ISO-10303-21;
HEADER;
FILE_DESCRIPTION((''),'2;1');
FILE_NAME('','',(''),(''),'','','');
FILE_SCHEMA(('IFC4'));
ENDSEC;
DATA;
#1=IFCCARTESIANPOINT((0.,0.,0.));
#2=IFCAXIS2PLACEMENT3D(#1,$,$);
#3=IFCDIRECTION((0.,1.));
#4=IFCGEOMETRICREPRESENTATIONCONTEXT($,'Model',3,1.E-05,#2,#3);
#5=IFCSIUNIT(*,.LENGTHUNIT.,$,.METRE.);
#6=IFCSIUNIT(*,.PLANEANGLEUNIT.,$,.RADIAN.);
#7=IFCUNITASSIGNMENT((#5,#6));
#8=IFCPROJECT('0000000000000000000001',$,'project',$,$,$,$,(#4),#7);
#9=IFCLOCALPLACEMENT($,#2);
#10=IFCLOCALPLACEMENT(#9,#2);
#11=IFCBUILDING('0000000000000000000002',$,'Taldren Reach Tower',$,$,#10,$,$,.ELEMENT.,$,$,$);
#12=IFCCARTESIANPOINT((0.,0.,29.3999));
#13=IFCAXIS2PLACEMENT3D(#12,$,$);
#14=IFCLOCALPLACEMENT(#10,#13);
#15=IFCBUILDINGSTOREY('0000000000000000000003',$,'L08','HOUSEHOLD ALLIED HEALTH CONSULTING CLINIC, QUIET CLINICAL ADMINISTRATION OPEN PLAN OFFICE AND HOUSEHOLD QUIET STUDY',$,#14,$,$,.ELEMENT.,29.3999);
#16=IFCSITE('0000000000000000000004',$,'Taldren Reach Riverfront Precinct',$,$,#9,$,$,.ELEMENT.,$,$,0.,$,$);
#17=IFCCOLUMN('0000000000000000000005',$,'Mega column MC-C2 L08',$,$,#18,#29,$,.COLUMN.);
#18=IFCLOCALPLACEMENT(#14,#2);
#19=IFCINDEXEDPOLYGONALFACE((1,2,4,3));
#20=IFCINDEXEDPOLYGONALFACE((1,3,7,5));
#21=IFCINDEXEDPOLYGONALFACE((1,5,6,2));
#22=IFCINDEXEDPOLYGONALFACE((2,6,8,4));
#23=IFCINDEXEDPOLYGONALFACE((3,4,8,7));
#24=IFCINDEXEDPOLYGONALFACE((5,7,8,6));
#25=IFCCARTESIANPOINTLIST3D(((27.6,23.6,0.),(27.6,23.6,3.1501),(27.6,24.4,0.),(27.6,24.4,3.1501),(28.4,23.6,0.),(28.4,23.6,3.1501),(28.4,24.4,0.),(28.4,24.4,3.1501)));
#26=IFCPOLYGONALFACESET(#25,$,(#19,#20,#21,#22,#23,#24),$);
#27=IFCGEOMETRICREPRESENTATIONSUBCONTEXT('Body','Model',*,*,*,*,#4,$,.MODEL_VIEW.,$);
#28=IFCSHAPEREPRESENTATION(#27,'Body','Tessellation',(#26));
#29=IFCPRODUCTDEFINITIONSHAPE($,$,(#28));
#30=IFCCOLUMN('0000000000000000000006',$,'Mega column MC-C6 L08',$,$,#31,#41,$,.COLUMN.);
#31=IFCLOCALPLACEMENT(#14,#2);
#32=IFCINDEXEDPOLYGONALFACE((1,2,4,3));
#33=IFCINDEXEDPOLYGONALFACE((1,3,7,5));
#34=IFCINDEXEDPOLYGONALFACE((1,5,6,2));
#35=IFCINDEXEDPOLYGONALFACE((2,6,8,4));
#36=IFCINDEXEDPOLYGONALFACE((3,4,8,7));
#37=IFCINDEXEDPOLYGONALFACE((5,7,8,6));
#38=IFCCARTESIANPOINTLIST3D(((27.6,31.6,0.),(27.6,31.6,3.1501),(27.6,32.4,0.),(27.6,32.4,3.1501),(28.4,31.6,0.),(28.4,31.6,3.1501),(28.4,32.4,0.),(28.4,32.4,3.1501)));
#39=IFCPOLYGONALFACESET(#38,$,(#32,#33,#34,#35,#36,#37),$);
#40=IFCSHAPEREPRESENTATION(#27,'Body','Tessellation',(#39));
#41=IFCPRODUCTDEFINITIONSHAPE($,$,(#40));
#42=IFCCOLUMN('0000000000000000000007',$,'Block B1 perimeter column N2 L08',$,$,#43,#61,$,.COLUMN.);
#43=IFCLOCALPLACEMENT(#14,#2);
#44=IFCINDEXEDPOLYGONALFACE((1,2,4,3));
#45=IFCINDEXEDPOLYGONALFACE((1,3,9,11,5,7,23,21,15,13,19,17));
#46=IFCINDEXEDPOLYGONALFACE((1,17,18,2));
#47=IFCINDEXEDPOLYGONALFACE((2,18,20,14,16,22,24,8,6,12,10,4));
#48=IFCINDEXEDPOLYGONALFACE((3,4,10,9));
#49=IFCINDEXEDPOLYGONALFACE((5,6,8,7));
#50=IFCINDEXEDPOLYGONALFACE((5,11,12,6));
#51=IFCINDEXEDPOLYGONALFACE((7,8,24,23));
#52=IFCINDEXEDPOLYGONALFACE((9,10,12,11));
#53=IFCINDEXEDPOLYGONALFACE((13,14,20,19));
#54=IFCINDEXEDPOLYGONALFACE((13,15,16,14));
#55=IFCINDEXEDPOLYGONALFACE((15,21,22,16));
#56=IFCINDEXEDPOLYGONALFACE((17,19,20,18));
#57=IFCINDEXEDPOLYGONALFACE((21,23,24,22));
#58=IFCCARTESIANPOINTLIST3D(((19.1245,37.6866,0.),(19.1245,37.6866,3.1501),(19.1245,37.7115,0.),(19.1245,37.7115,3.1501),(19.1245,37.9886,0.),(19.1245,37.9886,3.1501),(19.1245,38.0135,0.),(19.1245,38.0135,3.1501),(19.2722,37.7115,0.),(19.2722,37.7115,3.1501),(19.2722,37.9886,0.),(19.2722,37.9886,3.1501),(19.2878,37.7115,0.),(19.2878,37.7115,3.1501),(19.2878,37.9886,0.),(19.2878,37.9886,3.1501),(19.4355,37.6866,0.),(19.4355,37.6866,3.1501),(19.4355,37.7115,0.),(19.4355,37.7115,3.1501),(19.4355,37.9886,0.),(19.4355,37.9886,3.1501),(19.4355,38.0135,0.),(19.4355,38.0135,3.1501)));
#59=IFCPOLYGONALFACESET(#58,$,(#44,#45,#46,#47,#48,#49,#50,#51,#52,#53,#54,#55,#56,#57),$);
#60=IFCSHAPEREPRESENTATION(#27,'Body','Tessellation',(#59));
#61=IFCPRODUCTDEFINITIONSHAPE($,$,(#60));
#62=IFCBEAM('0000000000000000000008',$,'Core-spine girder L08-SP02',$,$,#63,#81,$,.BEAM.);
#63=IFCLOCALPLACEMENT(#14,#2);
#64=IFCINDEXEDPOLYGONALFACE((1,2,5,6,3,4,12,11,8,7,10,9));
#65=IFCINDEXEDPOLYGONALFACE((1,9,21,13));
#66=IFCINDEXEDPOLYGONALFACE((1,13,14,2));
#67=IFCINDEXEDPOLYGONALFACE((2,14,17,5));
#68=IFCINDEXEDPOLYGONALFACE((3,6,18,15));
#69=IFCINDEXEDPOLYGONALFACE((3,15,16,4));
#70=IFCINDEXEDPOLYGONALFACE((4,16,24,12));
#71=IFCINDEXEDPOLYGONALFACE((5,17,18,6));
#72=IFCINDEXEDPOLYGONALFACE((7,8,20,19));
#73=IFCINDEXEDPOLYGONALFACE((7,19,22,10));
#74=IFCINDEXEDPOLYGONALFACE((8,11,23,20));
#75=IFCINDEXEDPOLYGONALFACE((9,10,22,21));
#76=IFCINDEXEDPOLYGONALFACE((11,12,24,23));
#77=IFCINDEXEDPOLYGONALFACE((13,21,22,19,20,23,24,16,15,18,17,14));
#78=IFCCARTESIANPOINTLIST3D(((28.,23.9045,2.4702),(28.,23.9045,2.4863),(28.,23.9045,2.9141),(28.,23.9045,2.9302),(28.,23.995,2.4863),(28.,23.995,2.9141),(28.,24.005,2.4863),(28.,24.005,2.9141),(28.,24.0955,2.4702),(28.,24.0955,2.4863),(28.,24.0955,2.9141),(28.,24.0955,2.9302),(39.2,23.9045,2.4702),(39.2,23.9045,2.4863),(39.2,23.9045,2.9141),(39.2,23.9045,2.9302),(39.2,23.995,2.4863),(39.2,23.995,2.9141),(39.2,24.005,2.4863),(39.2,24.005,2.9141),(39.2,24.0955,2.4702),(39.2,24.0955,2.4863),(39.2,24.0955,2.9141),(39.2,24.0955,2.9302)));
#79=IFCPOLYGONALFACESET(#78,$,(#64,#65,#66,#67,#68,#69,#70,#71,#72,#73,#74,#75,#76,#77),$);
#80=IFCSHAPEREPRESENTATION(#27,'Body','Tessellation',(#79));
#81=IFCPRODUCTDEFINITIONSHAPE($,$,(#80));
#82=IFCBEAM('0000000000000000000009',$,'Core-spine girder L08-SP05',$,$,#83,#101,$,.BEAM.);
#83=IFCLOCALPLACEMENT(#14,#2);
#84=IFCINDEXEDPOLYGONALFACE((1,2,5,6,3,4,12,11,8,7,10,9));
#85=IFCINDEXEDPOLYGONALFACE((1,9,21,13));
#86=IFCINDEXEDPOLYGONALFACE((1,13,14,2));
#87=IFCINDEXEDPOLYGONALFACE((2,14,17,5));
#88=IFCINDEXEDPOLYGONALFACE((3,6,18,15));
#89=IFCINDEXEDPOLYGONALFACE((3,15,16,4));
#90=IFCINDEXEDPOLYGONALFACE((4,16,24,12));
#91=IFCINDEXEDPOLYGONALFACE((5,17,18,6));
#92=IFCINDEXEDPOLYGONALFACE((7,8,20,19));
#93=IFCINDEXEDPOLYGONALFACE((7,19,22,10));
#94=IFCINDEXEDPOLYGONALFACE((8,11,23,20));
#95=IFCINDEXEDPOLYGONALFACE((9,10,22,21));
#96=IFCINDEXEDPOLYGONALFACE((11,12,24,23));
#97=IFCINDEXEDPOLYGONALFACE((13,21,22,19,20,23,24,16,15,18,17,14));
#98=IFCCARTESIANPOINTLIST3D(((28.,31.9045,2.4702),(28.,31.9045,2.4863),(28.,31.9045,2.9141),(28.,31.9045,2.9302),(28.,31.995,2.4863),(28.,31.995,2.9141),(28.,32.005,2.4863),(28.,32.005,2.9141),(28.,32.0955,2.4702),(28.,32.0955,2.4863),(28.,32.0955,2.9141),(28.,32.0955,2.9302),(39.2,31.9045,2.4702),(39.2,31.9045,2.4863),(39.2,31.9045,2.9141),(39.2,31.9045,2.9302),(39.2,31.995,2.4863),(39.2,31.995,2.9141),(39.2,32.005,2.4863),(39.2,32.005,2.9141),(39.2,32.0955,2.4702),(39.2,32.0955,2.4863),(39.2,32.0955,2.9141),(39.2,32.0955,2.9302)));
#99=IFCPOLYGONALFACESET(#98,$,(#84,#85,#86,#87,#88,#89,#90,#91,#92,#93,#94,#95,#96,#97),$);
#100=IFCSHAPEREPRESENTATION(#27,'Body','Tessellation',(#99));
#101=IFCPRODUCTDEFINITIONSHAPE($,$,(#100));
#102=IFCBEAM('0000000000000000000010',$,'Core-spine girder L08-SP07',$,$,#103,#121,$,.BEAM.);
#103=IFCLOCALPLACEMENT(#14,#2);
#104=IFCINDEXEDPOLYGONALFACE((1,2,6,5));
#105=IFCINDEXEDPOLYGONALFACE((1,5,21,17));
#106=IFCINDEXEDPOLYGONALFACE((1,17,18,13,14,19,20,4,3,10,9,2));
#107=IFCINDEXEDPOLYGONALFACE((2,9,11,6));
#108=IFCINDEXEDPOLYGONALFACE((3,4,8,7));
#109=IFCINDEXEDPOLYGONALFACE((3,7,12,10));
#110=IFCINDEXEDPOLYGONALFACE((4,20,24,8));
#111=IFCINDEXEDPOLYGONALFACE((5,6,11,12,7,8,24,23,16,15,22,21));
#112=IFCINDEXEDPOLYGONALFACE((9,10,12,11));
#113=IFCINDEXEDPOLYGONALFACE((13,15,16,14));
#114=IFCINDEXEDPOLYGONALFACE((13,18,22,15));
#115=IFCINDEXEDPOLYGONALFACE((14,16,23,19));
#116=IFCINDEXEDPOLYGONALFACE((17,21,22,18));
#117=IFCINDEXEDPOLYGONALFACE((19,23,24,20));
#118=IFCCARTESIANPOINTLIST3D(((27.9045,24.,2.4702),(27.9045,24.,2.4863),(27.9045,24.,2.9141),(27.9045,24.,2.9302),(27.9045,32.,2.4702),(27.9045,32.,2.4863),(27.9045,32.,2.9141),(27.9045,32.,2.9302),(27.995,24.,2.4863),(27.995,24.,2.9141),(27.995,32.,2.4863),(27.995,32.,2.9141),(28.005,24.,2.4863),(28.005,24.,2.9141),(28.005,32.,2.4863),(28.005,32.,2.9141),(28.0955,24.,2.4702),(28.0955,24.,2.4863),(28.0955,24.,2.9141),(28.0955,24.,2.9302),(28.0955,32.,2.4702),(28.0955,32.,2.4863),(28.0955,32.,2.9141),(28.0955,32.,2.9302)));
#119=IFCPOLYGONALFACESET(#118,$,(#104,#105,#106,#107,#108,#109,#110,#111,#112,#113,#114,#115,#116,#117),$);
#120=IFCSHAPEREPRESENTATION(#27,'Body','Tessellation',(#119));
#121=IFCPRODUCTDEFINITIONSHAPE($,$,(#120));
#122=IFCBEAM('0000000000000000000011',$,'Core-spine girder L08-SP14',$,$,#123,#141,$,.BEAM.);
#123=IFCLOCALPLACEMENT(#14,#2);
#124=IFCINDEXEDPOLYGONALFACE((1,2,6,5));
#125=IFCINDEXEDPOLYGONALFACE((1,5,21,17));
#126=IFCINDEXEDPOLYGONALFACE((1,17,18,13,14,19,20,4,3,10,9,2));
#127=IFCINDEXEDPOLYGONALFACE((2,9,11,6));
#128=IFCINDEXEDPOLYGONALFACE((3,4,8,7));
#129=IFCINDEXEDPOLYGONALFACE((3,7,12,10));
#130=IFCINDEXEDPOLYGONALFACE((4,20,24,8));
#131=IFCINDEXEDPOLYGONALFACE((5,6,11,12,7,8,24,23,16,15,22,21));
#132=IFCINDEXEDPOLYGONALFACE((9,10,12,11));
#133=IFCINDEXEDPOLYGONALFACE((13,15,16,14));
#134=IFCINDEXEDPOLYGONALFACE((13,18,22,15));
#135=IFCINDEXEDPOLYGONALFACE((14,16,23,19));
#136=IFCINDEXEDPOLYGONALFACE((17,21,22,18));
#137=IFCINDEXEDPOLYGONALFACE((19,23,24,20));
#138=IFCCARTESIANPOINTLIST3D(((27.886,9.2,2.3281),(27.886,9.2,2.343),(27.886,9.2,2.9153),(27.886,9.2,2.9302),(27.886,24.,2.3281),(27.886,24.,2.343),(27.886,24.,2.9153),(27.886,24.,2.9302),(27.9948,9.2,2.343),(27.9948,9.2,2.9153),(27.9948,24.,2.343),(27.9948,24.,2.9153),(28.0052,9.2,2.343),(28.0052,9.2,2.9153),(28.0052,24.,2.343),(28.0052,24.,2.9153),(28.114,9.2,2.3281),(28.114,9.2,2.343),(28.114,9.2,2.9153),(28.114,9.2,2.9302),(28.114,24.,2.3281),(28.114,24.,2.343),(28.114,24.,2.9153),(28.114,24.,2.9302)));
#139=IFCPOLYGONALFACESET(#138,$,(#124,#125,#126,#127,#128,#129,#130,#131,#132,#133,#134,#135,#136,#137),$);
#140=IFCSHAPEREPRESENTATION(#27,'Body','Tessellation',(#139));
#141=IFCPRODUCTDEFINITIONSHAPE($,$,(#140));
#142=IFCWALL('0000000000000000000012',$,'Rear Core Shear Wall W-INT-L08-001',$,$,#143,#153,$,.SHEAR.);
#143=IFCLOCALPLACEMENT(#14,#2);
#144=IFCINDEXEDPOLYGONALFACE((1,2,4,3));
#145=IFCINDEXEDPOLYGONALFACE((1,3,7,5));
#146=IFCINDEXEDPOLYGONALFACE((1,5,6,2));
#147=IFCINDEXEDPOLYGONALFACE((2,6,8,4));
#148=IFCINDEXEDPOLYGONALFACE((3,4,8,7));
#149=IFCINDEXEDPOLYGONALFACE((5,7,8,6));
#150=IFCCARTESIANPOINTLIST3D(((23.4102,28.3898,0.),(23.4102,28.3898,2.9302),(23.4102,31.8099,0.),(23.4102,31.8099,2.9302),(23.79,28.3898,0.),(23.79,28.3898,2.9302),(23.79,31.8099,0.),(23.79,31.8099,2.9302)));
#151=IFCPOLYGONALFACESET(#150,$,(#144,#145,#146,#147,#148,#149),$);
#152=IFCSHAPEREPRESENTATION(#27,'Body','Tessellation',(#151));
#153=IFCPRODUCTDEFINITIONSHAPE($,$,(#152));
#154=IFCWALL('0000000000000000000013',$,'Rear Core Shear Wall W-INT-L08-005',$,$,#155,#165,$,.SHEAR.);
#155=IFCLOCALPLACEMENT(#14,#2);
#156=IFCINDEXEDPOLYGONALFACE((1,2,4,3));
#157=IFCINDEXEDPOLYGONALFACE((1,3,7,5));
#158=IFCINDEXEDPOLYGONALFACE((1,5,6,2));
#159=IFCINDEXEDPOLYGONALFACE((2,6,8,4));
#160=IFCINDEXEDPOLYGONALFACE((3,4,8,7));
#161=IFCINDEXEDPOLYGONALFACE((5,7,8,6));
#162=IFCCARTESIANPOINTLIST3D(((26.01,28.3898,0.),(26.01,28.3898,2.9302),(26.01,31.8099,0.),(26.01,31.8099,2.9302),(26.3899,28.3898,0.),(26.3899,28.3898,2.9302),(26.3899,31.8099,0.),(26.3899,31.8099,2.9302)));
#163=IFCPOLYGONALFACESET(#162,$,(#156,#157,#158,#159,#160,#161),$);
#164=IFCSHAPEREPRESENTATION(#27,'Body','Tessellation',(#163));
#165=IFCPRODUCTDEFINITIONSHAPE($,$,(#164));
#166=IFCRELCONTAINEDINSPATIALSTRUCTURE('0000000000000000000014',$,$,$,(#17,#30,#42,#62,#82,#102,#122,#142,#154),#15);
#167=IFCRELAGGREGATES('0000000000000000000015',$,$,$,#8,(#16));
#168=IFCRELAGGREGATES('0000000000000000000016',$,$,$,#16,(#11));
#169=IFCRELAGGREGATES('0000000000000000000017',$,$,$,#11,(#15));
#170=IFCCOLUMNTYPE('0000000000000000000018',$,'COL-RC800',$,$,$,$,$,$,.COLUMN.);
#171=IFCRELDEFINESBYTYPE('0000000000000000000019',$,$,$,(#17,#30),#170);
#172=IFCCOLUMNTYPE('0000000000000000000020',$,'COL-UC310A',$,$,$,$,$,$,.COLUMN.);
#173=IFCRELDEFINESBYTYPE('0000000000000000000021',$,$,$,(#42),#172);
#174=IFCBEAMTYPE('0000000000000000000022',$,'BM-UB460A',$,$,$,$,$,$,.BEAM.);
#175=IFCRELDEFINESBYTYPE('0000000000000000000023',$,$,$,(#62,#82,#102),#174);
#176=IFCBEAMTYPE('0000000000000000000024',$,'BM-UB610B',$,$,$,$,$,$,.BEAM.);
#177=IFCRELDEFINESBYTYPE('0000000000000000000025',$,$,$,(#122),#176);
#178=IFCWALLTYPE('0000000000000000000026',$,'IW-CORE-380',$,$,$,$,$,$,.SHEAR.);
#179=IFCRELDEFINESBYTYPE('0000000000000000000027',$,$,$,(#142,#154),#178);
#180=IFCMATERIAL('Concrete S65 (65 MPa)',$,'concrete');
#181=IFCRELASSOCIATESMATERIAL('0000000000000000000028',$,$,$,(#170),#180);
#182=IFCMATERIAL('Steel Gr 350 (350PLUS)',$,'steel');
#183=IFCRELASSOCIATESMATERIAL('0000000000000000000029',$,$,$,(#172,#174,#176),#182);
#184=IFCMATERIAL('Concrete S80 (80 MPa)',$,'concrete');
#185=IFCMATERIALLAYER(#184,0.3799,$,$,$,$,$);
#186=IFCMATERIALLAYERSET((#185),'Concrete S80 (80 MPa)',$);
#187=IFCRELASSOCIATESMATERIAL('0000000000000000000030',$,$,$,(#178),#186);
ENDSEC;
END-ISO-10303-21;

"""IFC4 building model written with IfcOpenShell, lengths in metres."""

from ifc_helpers import new_model, si_unit, direction, frame, frame_2d, origin, origin_2d, place, context, subcontext, project, spatial, rectangle, i_section, extrude, source, transform, mapped, material, layer, layer_set, material_profile, profile_set, type_object, element, save


model = new_model("IFC4")

# Units and contexts
model_context = context("Model", 3, precision=1e-05, world=origin(), true_north=direction((0.0, 1.0)))
body_context = subcontext(model_context, "Body", "Model", "MODEL_VIEW")
ifc_project = project(units=[si_unit("LENGTHUNIT", "METRE"), si_unit("PLANEANGLEUNIT", "RADIAN")], contexts=[model_context])

# Site, building, storey
site_placement = place(None, origin())
site = spatial("IfcSite", under=ifc_project, at=site_placement, Name="Taldren Reach Riverfront Precinct", CompositionType="ELEMENT", RefElevation=0.0)
building_placement = place(site_placement, origin())
building = spatial("IfcBuilding", under=site, at=building_placement, Name="Taldren Reach Tower", CompositionType="ELEMENT")
storey_placement = place(building_placement, frame((0.0, 0.0, 29.3999)))
storey = spatial("IfcBuildingStorey", under=building, at=storey_placement, Name="L08", Description="HOUSEHOLD ALLIED HEALTH CONSULTING CLINIC, QUIET CLINICAL ADMINISTRATION OPEN PLAN OFFICE AND HOUSEHOLD QUIET STUDY", CompositionType="ELEMENT", Elevation=29.3999)

# Columns
ifc_material_1 = material(Name="Concrete S65 (65 MPa)", Category="concrete")
ifc_material_profile_1 = material_profile(ifc_material_1, rectangle(XDim=0.8, YDim=0.8, at=origin_2d()), Name="RC-800x800")
ifc_profile_set_1 = profile_set([ifc_material_profile_1], Name="Concrete S65 (65 MPa)")
column_type_1 = type_object("IfcColumnType", Name="COL-RC800", PredefinedType="COLUMN", material=ifc_profile_set_1)
shared_shape_1 = source(origin(), body_context, "Body", "SweptSolid", [
    extrude(rectangle(XDim=0.8, YDim=0.8, at=origin_2d()), origin(), (0.0, 0.0, 1.0), 3.1501),
])
for number, where, z_axis, x_axis, name in (
    (1, (28.0, 24.0, 0.0), (0.0, 0.0, 1.0), (1.0, 0.0, 0.0), "Mega column MC-C2 L08"),
    (2, (28.0, 32.0, 0.0), (0.0, 0.0, 1.0), (1.0, 0.0, 0.0), "Mega column MC-C6 L08"),
):
    element("IfcColumn", number, at=place(storey_placement, frame(where, z_axis=z_axis, x_axis=x_axis)), inside=storey, type_object=column_type_1, Name=name, PredefinedType="COLUMN", context=body_context, shape_type="MappedRepresentation", body=[
        mapped(shared_shape_1, transform((0.0, 0.0, 0.0), scale=1.0)),
    ])
ifc_material_2 = material(Name="Steel Gr 350 (350PLUS)", Category="steel")
ifc_material_profile_2 = material_profile(ifc_material_2, i_section(OverallWidth=0.311, OverallDepth=0.3269, WebThickness=0.0156, FlangeThickness=0.0249, at=origin_2d()), Name="310UC158")
ifc_profile_set_2 = profile_set([ifc_material_profile_2], Name="Steel Gr 350 (350PLUS)")
column_type_2 = type_object("IfcColumnType", Name="COL-UC310A", PredefinedType="COLUMN", material=ifc_profile_set_2)
shared_shape_2 = source(origin(), body_context, "Body", "SweptSolid", [
    extrude(i_section(OverallWidth=0.311, OverallDepth=0.3269, WebThickness=0.0156, FlangeThickness=0.0249, at=origin_2d()), origin(), (0.0, 0.0, 1.0), 3.1501),
])
column_placement = place(storey_placement, frame((19.28, 37.8501, 0.0), z_axis=(0.0, 0.0, 1.0), x_axis=(1.0, 0.0, 0.0)))
element("IfcColumn", 3, at=column_placement, inside=storey, type_object=column_type_2, Name="Block B1 perimeter column N2 L08", PredefinedType="COLUMN", context=body_context, shape_type="MappedRepresentation", body=[
    mapped(shared_shape_2, transform((0.0, 0.0, 0.0), scale=1.0)),
])

# Beams
ifc_material_profile_3 = material_profile(ifc_material_2, i_section(OverallWidth=0.1909, OverallDepth=0.46, WebThickness=0.01, FlangeThickness=0.0161, at=origin_2d()), Name="460UB82.1")
ifc_profile_set_3 = profile_set([ifc_material_profile_3], Name="Steel Gr 350 (350PLUS)")
beam_type_1 = type_object("IfcBeamType", Name="BM-UB460A", PredefinedType="BEAM", material=ifc_profile_set_3)
shared_shape_3 = source(origin(), body_context, "Body", "SweptSolid", [
    extrude(i_section(OverallWidth=0.1909, OverallDepth=0.46, WebThickness=0.01, FlangeThickness=0.0161, at=origin_2d()), origin(), (0.0, 0.0, 1.0), 11.2),
])
for number, where, z_axis, x_axis, name in (
    (4, (28.0, 24.0, 2.7002), (1.0, 0.0, 0.0), (0.0, 1.0, 0.0), "Core-spine girder L08-SP02"),
    (5, (28.0, 32.0, 2.7002), (1.0, 0.0, 0.0), (0.0, 1.0, 0.0), "Core-spine girder L08-SP05"),
):
    element("IfcBeam", number, at=place(storey_placement, frame(where, z_axis=z_axis, x_axis=x_axis)), inside=storey, type_object=beam_type_1, Name=name, PredefinedType="BEAM", context=body_context, shape_type="MappedRepresentation", body=[
        mapped(shared_shape_3, transform((0.0, 0.0, 0.0), scale=1.0)),
    ])
shared_shape_4 = source(origin(), body_context, "Body", "SweptSolid", [
    extrude(i_section(OverallWidth=0.1909, OverallDepth=0.46, WebThickness=0.01, FlangeThickness=0.0161, at=origin_2d()), origin(), (0.0, 0.0, 1.0), 8.0),
])
beam_1_placement = place(storey_placement, frame((28.0, 24.0, 2.7002), z_axis=(0.0, 1.0, 0.0), x_axis=(-1.0, 0.0, 0.0)))
element("IfcBeam", 6, at=beam_1_placement, inside=storey, type_object=beam_type_1, Name="Core-spine girder L08-SP07", PredefinedType="BEAM", context=body_context, shape_type="MappedRepresentation", body=[
    mapped(shared_shape_4, transform((0.0, 0.0, 0.0), scale=1.0)),
])
ifc_material_profile_4 = material_profile(ifc_material_2, i_section(OverallWidth=0.228, OverallDepth=0.6021, WebThickness=0.0105, FlangeThickness=0.0149, at=origin_2d()), Name="610UB101")
ifc_profile_set_4 = profile_set([ifc_material_profile_4], Name="Steel Gr 350 (350PLUS)")
beam_type_2 = type_object("IfcBeamType", Name="BM-UB610B", PredefinedType="BEAM", material=ifc_profile_set_4)
shared_shape_5 = source(origin(), body_context, "Body", "SweptSolid", [
    extrude(i_section(OverallWidth=0.228, OverallDepth=0.6021, WebThickness=0.0105, FlangeThickness=0.0149, at=origin_2d()), origin(), (0.0, 0.0, 1.0), 14.8),
])
beam_2_placement = place(storey_placement, frame((28.0, 24.0, 2.6292), z_axis=(0.0, -1.0, 0.0), x_axis=(1.0, 0.0, 0.0)))
element("IfcBeam", 7, at=beam_2_placement, inside=storey, type_object=beam_type_2, Name="Core-spine girder L08-SP14", PredefinedType="BEAM", context=body_context, shape_type="MappedRepresentation", body=[
    mapped(shared_shape_5, transform((0.0, 0.0, 0.0), scale=1.0)),
])

# Walls
ifc_material_3 = material(Name="Concrete S80 (80 MPa)", Category="concrete")
ifc_layer_1 = layer(ifc_material_3, 0.3799)
ifc_layer_set_1 = layer_set([ifc_layer_1], Name="Concrete S80 (80 MPa)")
wall_type_1 = type_object("IfcWallType", Name="IW-CORE-380", PredefinedType="SHEAR", material=ifc_layer_set_1)
shared_shape_6 = source(origin(), body_context, "Body", "SweptSolid", [
    extrude(rectangle(XDim=3.4202, YDim=0.3799, at=frame_2d((1.71, 0.0))), origin(), (0.0, 0.0, 1.0), 2.9302),
])
for number, where, z_axis, x_axis, name in (
    (8, (23.6001, 28.3899, 0.0), (0.0, 0.0, 1.0), (0.0, 1.0, 0.0), "Rear Core Shear Wall W-INT-L08-001"),
    (9, (26.2, 28.3899, 0.0), (0.0, 0.0, 1.0), (0.0, 1.0, 0.0), "Rear Core Shear Wall W-INT-L08-005"),
):
    element("IfcWall", number, at=place(storey_placement, frame(where, z_axis=z_axis, x_axis=x_axis)), inside=storey, type_object=wall_type_1, Name=name, PredefinedType="SHEAR", context=body_context, shape_type="MappedRepresentation", body=[
        mapped(shared_shape_6, transform((0.0, 0.0, 0.0), scale=1.0)),
    ])

save(model, "model.ifc")
